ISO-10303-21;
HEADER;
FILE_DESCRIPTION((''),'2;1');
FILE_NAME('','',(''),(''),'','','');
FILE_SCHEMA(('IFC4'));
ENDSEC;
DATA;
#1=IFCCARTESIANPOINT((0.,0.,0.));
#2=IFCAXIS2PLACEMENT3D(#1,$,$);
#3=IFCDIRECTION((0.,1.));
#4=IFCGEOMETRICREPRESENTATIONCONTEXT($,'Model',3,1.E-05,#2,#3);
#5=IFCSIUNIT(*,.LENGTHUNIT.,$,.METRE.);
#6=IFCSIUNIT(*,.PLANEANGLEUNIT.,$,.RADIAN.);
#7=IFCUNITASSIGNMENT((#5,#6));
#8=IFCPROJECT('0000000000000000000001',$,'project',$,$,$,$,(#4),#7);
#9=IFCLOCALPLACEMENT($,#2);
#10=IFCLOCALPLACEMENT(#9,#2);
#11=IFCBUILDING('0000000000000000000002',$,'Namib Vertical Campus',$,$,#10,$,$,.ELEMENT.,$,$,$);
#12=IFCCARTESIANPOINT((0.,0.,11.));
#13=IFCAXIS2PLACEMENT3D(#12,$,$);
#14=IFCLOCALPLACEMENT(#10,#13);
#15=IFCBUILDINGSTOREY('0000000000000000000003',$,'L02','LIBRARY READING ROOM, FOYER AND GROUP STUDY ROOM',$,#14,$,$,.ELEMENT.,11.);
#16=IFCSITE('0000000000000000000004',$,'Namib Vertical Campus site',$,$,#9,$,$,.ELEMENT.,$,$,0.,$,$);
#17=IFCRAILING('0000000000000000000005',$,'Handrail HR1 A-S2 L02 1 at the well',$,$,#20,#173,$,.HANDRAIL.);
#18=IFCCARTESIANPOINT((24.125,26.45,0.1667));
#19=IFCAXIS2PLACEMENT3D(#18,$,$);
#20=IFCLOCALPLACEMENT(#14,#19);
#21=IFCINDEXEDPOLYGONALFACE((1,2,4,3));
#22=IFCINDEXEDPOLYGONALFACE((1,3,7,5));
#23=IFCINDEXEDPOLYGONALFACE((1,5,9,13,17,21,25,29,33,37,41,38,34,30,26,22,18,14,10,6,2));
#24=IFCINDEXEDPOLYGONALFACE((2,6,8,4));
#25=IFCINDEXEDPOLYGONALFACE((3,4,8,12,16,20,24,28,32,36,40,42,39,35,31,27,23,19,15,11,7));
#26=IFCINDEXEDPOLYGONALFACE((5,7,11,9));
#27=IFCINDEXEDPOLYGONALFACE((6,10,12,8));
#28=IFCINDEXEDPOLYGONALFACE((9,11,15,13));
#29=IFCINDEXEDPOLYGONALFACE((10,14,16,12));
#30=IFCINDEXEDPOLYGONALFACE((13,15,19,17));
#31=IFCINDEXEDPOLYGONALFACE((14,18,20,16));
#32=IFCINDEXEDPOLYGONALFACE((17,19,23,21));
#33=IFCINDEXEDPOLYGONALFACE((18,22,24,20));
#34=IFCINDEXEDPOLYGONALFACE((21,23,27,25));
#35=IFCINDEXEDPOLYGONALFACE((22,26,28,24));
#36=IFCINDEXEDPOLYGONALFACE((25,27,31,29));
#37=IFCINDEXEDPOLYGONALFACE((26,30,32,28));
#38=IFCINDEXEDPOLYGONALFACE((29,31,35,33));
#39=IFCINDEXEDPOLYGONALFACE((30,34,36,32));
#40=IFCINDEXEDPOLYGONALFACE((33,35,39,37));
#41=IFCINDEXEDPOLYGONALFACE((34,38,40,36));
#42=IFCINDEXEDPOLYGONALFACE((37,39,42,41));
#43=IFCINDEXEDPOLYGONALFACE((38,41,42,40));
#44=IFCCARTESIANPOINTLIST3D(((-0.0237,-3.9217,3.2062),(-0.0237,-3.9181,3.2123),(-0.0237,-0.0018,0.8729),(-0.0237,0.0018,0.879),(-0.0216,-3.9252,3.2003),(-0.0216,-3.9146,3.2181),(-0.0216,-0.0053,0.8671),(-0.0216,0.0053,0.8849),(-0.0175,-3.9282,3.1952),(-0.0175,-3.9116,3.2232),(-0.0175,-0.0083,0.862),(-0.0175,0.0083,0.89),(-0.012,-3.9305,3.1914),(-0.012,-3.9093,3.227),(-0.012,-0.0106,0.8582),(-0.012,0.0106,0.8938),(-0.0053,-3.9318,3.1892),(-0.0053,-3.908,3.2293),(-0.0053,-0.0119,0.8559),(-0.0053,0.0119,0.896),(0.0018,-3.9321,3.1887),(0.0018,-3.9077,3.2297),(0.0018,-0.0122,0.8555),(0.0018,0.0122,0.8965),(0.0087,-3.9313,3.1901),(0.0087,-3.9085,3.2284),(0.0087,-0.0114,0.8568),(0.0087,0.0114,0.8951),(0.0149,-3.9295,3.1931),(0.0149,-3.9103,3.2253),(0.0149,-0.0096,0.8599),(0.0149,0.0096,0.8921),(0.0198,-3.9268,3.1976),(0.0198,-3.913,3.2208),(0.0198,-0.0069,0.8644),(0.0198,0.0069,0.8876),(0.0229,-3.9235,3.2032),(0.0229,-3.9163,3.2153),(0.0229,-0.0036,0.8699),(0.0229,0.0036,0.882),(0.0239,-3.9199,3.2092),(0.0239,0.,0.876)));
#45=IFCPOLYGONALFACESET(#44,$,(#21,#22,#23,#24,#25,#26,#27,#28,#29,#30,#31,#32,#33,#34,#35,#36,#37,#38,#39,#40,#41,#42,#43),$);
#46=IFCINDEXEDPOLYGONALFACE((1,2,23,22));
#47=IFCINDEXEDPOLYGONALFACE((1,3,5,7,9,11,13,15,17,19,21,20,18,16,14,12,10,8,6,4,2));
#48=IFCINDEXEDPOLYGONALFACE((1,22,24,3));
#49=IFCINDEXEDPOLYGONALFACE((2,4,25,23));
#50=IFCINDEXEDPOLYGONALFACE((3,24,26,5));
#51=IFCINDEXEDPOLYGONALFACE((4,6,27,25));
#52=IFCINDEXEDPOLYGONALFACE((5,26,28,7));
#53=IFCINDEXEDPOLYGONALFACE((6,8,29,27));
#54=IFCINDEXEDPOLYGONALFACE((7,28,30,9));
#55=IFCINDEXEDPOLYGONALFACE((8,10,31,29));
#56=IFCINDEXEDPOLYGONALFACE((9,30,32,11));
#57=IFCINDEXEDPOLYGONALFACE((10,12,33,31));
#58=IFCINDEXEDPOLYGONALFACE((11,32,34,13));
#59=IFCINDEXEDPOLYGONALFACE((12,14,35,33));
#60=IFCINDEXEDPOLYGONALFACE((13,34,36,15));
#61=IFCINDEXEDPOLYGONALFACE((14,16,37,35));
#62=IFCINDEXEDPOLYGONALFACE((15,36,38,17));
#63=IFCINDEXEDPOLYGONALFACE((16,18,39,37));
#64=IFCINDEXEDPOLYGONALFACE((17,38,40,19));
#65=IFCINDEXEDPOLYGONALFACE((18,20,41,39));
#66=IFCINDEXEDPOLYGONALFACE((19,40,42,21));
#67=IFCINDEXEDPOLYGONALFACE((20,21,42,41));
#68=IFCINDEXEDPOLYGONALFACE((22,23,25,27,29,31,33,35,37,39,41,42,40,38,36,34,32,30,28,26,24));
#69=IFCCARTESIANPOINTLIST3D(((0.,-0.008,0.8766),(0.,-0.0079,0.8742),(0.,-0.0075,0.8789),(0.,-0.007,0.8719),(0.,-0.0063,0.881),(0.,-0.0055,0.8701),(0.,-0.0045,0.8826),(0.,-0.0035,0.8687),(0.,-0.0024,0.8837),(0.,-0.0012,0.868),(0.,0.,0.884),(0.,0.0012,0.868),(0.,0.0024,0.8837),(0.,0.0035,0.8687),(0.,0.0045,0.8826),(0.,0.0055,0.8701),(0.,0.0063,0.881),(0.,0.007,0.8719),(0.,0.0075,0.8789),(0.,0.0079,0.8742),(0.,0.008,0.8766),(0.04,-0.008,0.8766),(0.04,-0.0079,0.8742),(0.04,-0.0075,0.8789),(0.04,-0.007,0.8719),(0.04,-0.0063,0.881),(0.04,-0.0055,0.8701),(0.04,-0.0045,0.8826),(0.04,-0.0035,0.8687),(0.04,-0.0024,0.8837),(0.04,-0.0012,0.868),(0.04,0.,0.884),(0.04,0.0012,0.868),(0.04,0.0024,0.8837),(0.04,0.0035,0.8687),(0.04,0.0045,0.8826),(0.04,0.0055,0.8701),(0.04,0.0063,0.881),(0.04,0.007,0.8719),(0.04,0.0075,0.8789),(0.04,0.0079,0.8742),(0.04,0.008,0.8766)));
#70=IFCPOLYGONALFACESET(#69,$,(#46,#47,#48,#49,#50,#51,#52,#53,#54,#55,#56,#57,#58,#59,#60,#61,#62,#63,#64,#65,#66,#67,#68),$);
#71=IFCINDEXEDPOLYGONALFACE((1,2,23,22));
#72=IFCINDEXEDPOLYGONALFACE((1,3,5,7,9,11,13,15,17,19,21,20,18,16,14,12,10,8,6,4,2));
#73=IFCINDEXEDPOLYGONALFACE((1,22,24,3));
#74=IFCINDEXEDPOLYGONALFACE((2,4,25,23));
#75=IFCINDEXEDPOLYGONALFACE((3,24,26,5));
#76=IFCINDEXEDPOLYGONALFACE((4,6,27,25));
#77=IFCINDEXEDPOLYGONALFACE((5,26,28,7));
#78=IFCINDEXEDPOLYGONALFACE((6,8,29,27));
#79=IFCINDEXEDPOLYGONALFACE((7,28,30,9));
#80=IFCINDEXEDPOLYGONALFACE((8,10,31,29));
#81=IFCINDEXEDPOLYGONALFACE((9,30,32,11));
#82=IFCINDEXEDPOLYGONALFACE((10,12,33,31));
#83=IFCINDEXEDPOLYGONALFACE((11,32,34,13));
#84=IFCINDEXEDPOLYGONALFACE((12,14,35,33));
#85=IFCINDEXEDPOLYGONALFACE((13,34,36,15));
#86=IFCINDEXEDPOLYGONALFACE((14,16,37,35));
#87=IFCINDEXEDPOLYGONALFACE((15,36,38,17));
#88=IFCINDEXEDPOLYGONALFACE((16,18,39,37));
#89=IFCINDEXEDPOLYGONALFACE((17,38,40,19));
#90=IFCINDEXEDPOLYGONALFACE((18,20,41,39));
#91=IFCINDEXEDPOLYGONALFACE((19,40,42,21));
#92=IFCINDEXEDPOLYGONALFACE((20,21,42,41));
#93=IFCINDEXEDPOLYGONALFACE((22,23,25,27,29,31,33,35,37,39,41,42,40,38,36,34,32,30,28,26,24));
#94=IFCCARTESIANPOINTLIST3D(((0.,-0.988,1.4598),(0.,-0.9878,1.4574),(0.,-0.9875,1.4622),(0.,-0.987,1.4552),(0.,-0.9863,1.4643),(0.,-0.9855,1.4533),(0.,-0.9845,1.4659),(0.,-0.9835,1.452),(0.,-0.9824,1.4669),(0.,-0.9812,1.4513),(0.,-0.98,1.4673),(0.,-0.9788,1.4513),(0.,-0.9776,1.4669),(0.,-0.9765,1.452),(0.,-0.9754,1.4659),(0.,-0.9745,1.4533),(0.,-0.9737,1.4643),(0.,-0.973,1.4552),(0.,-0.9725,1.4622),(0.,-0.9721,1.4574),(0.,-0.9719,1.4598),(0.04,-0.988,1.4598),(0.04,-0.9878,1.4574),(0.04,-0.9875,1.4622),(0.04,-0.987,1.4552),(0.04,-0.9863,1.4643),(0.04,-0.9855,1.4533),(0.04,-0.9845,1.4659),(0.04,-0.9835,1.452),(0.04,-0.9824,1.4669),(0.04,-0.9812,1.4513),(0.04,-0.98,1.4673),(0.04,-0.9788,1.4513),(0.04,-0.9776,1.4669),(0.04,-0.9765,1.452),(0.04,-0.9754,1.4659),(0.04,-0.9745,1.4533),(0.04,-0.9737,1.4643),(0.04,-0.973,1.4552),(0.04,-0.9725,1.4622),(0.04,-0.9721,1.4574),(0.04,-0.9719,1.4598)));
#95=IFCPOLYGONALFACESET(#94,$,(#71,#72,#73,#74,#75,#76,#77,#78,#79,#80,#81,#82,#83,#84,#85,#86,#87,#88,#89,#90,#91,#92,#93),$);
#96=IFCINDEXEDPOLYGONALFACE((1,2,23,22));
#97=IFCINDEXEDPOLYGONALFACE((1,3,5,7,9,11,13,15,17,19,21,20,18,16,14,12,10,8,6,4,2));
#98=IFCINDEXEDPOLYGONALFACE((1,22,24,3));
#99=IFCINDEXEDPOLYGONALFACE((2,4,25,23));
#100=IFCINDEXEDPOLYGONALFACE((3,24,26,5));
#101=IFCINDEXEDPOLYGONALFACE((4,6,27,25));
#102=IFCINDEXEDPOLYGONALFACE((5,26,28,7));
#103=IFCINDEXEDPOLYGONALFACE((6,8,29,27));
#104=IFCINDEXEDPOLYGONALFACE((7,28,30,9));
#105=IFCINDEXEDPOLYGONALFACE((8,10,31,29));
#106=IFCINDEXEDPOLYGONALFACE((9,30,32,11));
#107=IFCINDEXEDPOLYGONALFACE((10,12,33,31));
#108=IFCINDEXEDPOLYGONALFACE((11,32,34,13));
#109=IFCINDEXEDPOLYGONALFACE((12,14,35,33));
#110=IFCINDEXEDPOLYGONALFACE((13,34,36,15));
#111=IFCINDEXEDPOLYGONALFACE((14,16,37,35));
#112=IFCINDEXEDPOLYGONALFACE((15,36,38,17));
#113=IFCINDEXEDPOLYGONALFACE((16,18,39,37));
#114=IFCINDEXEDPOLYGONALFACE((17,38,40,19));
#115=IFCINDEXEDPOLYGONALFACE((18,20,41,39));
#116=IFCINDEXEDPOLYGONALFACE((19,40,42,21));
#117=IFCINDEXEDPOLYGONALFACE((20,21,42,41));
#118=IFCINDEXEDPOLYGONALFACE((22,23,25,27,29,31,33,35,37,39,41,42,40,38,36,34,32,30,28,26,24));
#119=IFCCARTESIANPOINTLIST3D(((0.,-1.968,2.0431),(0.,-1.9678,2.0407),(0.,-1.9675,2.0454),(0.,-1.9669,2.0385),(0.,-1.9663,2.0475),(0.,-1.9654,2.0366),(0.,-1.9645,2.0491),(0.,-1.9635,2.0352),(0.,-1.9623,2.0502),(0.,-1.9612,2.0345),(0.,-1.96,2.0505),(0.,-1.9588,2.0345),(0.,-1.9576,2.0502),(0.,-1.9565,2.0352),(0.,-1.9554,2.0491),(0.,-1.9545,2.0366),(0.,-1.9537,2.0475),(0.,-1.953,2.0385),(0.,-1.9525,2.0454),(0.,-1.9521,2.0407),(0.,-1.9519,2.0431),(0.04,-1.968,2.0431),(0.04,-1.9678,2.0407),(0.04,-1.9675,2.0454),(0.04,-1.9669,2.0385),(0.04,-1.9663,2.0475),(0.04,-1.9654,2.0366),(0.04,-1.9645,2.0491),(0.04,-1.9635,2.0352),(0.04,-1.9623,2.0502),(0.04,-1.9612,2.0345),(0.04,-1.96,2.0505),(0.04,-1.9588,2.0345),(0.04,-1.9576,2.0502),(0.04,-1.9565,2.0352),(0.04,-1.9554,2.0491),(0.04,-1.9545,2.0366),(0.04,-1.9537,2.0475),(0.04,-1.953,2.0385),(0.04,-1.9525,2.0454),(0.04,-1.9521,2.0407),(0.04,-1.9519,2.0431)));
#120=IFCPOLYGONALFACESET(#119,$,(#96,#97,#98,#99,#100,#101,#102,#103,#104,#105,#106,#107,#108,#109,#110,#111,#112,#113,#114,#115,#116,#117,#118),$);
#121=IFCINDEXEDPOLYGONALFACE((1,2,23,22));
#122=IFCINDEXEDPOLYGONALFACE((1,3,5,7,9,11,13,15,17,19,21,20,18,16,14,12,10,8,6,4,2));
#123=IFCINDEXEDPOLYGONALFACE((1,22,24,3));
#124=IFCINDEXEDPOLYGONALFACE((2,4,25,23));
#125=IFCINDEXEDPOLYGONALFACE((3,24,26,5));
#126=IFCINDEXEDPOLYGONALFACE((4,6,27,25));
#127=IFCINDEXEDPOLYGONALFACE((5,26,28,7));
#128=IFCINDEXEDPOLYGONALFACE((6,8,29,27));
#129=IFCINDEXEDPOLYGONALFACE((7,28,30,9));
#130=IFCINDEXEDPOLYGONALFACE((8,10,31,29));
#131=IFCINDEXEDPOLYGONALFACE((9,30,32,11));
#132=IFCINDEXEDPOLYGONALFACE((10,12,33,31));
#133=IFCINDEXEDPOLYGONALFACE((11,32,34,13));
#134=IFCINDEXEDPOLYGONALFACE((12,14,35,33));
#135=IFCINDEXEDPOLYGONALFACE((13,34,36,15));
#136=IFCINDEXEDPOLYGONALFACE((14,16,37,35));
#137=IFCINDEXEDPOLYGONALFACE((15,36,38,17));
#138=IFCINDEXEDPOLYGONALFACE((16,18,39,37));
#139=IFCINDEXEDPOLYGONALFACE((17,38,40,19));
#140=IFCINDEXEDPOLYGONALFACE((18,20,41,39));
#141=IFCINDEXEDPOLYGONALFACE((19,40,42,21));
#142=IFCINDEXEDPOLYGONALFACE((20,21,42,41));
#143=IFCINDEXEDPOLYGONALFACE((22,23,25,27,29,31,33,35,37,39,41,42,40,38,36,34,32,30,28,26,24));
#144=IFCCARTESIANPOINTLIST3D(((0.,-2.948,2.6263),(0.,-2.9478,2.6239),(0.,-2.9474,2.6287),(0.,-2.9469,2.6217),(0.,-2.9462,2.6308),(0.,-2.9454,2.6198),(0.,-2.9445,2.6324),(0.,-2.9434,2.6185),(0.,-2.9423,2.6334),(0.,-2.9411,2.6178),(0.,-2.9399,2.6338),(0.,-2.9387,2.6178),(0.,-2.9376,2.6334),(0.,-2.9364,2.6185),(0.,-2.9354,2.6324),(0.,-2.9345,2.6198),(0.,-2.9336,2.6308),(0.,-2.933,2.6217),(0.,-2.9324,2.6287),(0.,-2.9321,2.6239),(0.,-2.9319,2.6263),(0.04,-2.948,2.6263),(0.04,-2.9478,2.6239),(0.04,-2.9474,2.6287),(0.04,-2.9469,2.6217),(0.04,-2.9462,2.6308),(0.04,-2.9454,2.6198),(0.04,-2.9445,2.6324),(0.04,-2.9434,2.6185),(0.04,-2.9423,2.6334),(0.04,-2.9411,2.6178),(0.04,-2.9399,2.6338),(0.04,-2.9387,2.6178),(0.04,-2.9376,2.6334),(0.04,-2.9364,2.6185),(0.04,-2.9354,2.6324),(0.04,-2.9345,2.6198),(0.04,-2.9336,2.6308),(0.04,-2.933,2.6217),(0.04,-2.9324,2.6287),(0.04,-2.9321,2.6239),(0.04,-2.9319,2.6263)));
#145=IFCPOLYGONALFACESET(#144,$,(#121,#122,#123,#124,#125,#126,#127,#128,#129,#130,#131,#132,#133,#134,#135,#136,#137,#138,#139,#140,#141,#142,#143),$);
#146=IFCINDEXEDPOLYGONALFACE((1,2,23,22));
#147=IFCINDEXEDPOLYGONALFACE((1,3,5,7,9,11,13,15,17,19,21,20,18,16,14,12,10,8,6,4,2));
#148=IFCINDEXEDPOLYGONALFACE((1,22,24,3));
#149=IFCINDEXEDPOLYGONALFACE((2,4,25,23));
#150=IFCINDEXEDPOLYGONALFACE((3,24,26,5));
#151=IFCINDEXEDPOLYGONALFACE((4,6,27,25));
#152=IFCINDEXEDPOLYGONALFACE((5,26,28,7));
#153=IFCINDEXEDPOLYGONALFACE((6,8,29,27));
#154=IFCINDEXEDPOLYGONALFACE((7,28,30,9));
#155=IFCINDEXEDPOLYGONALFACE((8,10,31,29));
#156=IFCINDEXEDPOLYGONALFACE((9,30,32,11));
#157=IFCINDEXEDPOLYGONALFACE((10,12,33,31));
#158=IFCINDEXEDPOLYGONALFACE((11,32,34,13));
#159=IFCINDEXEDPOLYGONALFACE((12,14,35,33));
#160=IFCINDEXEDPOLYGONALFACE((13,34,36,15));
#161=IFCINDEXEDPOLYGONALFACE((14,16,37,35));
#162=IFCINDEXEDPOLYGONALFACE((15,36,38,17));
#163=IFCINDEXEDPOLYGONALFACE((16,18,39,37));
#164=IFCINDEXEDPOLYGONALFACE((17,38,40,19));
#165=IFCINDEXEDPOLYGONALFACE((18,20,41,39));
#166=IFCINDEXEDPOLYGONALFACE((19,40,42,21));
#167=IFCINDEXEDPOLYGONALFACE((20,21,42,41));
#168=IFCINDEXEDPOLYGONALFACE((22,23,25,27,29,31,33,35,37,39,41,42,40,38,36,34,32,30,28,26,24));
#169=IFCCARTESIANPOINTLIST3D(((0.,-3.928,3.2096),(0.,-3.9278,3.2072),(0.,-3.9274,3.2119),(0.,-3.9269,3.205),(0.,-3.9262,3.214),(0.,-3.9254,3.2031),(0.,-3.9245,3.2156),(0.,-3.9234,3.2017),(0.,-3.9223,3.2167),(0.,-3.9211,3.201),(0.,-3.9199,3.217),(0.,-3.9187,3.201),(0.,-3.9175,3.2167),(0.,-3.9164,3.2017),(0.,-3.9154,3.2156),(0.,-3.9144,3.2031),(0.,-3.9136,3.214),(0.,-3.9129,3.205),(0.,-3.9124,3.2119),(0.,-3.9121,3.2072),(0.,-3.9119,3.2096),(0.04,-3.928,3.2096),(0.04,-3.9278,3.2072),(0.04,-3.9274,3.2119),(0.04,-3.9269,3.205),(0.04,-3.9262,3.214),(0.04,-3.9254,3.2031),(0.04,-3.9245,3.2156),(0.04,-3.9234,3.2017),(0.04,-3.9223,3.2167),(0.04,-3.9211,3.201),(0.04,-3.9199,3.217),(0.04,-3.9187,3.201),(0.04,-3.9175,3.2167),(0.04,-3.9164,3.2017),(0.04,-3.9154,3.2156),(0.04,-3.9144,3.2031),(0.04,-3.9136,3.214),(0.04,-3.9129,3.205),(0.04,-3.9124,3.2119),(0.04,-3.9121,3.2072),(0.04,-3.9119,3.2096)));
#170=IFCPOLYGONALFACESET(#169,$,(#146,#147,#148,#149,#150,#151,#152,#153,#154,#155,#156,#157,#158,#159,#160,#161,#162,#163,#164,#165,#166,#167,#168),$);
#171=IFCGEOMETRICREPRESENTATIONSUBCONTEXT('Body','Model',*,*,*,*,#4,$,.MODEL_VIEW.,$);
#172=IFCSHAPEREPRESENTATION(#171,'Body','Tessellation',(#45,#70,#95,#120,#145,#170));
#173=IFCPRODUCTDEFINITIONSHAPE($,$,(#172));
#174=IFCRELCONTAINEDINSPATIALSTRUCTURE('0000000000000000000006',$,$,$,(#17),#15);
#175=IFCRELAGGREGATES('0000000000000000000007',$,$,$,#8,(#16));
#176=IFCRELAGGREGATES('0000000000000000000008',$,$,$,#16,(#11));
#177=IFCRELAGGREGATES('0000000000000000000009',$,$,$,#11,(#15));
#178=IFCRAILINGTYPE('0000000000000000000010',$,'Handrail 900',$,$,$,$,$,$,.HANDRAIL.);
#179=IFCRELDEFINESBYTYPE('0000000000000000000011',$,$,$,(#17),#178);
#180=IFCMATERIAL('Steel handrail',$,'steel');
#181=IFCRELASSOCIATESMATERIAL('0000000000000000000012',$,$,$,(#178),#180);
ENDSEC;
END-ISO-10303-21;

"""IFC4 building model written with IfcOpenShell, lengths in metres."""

from ifc_helpers import new_model, si_unit, direction, frame, origin, origin_2d, place, context, subcontext, project, spatial, circle, extrude, material, type_object, element, save


model = new_model("IFC4")

# Units and contexts
model_context = context("Model", 3, precision=1e-05, world=origin(), true_north=direction((0.0, 1.0)))
body_context = subcontext(model_context, "Body", "Model", "MODEL_VIEW")
ifc_project = project(units=[si_unit("LENGTHUNIT", "METRE"), si_unit("PLANEANGLEUNIT", "RADIAN")], contexts=[model_context])

# Site, building, storey
site_placement = place(None, origin())
site = spatial("IfcSite", under=ifc_project, at=site_placement, Name="Namib Vertical Campus site", CompositionType="ELEMENT", RefElevation=0.0)
building_placement = place(site_placement, origin())
building = spatial("IfcBuilding", under=site, at=building_placement, Name="Namib Vertical Campus", CompositionType="ELEMENT")
storey_placement = place(building_placement, frame((0.0, 0.0, 11.0)))
storey = spatial("IfcBuildingStorey", under=building, at=storey_placement, Name="L02", Description="LIBRARY READING ROOM, FOYER AND GROUP STUDY ROOM", CompositionType="ELEMENT", Elevation=11.0)

# Railing
ifc_material_1 = material(Name="Steel handrail", Category="steel")
railing_type_1 = type_object("IfcRailingType", Name="Handrail 900", PredefinedType="HANDRAIL", material=ifc_material_1)
railing_1_placement = place(storey_placement, frame((24.125, 26.45, 0.1667)))
element("IfcRailing", 1, at=railing_1_placement, inside=storey, type_object=railing_type_1, Name="Handrail HR1 A-S2 L02 1 at the well", PredefinedType="HANDRAIL", context=body_context, shape_type="SweptSolid", body=[
    extrude(circle(Radius=0.0239, at=origin_2d()), frame((0.0, 0.0, 0.876), z_axis=(0.0, -0.859296, 0.511478), x_axis=(1.0, 0.0, 0.0)), (0.0, 0.0, 1.0), 4.5618),
    extrude(circle(Radius=0.0081, at=origin_2d()), frame((0.0, 0.0, 0.876), z_axis=(1.0, 0.0, 0.0), x_axis=(0.0, 0.0, 1.0)), (0.0, 0.0, 1.0), 0.04),
    extrude(circle(Radius=0.0081, at=origin_2d()), frame((0.0, -0.98, 1.4592), z_axis=(1.0, 0.0, 0.0), x_axis=(0.0, 0.0, 1.0)), (0.0, 0.0, 1.0), 0.04),
    extrude(circle(Radius=0.0081, at=origin_2d()), frame((0.0, -1.96, 2.0425), z_axis=(1.0, 0.0, 0.0), x_axis=(0.0, 0.0, 1.0)), (0.0, 0.0, 1.0), 0.04),
    extrude(circle(Radius=0.0081, at=origin_2d()), frame((0.0, -2.9399, 2.6257), z_axis=(1.0, 0.0, 0.0), x_axis=(0.0, 0.0, 1.0)), (0.0, 0.0, 1.0), 0.04),
    extrude(circle(Radius=0.0081, at=origin_2d()), frame((0.0, -3.9199, 3.209), z_axis=(1.0, 0.0, 0.0), x_axis=(0.0, 0.0, 1.0)), (0.0, 0.0, 1.0), 0.04),
])

save(model, "model.ifc")
